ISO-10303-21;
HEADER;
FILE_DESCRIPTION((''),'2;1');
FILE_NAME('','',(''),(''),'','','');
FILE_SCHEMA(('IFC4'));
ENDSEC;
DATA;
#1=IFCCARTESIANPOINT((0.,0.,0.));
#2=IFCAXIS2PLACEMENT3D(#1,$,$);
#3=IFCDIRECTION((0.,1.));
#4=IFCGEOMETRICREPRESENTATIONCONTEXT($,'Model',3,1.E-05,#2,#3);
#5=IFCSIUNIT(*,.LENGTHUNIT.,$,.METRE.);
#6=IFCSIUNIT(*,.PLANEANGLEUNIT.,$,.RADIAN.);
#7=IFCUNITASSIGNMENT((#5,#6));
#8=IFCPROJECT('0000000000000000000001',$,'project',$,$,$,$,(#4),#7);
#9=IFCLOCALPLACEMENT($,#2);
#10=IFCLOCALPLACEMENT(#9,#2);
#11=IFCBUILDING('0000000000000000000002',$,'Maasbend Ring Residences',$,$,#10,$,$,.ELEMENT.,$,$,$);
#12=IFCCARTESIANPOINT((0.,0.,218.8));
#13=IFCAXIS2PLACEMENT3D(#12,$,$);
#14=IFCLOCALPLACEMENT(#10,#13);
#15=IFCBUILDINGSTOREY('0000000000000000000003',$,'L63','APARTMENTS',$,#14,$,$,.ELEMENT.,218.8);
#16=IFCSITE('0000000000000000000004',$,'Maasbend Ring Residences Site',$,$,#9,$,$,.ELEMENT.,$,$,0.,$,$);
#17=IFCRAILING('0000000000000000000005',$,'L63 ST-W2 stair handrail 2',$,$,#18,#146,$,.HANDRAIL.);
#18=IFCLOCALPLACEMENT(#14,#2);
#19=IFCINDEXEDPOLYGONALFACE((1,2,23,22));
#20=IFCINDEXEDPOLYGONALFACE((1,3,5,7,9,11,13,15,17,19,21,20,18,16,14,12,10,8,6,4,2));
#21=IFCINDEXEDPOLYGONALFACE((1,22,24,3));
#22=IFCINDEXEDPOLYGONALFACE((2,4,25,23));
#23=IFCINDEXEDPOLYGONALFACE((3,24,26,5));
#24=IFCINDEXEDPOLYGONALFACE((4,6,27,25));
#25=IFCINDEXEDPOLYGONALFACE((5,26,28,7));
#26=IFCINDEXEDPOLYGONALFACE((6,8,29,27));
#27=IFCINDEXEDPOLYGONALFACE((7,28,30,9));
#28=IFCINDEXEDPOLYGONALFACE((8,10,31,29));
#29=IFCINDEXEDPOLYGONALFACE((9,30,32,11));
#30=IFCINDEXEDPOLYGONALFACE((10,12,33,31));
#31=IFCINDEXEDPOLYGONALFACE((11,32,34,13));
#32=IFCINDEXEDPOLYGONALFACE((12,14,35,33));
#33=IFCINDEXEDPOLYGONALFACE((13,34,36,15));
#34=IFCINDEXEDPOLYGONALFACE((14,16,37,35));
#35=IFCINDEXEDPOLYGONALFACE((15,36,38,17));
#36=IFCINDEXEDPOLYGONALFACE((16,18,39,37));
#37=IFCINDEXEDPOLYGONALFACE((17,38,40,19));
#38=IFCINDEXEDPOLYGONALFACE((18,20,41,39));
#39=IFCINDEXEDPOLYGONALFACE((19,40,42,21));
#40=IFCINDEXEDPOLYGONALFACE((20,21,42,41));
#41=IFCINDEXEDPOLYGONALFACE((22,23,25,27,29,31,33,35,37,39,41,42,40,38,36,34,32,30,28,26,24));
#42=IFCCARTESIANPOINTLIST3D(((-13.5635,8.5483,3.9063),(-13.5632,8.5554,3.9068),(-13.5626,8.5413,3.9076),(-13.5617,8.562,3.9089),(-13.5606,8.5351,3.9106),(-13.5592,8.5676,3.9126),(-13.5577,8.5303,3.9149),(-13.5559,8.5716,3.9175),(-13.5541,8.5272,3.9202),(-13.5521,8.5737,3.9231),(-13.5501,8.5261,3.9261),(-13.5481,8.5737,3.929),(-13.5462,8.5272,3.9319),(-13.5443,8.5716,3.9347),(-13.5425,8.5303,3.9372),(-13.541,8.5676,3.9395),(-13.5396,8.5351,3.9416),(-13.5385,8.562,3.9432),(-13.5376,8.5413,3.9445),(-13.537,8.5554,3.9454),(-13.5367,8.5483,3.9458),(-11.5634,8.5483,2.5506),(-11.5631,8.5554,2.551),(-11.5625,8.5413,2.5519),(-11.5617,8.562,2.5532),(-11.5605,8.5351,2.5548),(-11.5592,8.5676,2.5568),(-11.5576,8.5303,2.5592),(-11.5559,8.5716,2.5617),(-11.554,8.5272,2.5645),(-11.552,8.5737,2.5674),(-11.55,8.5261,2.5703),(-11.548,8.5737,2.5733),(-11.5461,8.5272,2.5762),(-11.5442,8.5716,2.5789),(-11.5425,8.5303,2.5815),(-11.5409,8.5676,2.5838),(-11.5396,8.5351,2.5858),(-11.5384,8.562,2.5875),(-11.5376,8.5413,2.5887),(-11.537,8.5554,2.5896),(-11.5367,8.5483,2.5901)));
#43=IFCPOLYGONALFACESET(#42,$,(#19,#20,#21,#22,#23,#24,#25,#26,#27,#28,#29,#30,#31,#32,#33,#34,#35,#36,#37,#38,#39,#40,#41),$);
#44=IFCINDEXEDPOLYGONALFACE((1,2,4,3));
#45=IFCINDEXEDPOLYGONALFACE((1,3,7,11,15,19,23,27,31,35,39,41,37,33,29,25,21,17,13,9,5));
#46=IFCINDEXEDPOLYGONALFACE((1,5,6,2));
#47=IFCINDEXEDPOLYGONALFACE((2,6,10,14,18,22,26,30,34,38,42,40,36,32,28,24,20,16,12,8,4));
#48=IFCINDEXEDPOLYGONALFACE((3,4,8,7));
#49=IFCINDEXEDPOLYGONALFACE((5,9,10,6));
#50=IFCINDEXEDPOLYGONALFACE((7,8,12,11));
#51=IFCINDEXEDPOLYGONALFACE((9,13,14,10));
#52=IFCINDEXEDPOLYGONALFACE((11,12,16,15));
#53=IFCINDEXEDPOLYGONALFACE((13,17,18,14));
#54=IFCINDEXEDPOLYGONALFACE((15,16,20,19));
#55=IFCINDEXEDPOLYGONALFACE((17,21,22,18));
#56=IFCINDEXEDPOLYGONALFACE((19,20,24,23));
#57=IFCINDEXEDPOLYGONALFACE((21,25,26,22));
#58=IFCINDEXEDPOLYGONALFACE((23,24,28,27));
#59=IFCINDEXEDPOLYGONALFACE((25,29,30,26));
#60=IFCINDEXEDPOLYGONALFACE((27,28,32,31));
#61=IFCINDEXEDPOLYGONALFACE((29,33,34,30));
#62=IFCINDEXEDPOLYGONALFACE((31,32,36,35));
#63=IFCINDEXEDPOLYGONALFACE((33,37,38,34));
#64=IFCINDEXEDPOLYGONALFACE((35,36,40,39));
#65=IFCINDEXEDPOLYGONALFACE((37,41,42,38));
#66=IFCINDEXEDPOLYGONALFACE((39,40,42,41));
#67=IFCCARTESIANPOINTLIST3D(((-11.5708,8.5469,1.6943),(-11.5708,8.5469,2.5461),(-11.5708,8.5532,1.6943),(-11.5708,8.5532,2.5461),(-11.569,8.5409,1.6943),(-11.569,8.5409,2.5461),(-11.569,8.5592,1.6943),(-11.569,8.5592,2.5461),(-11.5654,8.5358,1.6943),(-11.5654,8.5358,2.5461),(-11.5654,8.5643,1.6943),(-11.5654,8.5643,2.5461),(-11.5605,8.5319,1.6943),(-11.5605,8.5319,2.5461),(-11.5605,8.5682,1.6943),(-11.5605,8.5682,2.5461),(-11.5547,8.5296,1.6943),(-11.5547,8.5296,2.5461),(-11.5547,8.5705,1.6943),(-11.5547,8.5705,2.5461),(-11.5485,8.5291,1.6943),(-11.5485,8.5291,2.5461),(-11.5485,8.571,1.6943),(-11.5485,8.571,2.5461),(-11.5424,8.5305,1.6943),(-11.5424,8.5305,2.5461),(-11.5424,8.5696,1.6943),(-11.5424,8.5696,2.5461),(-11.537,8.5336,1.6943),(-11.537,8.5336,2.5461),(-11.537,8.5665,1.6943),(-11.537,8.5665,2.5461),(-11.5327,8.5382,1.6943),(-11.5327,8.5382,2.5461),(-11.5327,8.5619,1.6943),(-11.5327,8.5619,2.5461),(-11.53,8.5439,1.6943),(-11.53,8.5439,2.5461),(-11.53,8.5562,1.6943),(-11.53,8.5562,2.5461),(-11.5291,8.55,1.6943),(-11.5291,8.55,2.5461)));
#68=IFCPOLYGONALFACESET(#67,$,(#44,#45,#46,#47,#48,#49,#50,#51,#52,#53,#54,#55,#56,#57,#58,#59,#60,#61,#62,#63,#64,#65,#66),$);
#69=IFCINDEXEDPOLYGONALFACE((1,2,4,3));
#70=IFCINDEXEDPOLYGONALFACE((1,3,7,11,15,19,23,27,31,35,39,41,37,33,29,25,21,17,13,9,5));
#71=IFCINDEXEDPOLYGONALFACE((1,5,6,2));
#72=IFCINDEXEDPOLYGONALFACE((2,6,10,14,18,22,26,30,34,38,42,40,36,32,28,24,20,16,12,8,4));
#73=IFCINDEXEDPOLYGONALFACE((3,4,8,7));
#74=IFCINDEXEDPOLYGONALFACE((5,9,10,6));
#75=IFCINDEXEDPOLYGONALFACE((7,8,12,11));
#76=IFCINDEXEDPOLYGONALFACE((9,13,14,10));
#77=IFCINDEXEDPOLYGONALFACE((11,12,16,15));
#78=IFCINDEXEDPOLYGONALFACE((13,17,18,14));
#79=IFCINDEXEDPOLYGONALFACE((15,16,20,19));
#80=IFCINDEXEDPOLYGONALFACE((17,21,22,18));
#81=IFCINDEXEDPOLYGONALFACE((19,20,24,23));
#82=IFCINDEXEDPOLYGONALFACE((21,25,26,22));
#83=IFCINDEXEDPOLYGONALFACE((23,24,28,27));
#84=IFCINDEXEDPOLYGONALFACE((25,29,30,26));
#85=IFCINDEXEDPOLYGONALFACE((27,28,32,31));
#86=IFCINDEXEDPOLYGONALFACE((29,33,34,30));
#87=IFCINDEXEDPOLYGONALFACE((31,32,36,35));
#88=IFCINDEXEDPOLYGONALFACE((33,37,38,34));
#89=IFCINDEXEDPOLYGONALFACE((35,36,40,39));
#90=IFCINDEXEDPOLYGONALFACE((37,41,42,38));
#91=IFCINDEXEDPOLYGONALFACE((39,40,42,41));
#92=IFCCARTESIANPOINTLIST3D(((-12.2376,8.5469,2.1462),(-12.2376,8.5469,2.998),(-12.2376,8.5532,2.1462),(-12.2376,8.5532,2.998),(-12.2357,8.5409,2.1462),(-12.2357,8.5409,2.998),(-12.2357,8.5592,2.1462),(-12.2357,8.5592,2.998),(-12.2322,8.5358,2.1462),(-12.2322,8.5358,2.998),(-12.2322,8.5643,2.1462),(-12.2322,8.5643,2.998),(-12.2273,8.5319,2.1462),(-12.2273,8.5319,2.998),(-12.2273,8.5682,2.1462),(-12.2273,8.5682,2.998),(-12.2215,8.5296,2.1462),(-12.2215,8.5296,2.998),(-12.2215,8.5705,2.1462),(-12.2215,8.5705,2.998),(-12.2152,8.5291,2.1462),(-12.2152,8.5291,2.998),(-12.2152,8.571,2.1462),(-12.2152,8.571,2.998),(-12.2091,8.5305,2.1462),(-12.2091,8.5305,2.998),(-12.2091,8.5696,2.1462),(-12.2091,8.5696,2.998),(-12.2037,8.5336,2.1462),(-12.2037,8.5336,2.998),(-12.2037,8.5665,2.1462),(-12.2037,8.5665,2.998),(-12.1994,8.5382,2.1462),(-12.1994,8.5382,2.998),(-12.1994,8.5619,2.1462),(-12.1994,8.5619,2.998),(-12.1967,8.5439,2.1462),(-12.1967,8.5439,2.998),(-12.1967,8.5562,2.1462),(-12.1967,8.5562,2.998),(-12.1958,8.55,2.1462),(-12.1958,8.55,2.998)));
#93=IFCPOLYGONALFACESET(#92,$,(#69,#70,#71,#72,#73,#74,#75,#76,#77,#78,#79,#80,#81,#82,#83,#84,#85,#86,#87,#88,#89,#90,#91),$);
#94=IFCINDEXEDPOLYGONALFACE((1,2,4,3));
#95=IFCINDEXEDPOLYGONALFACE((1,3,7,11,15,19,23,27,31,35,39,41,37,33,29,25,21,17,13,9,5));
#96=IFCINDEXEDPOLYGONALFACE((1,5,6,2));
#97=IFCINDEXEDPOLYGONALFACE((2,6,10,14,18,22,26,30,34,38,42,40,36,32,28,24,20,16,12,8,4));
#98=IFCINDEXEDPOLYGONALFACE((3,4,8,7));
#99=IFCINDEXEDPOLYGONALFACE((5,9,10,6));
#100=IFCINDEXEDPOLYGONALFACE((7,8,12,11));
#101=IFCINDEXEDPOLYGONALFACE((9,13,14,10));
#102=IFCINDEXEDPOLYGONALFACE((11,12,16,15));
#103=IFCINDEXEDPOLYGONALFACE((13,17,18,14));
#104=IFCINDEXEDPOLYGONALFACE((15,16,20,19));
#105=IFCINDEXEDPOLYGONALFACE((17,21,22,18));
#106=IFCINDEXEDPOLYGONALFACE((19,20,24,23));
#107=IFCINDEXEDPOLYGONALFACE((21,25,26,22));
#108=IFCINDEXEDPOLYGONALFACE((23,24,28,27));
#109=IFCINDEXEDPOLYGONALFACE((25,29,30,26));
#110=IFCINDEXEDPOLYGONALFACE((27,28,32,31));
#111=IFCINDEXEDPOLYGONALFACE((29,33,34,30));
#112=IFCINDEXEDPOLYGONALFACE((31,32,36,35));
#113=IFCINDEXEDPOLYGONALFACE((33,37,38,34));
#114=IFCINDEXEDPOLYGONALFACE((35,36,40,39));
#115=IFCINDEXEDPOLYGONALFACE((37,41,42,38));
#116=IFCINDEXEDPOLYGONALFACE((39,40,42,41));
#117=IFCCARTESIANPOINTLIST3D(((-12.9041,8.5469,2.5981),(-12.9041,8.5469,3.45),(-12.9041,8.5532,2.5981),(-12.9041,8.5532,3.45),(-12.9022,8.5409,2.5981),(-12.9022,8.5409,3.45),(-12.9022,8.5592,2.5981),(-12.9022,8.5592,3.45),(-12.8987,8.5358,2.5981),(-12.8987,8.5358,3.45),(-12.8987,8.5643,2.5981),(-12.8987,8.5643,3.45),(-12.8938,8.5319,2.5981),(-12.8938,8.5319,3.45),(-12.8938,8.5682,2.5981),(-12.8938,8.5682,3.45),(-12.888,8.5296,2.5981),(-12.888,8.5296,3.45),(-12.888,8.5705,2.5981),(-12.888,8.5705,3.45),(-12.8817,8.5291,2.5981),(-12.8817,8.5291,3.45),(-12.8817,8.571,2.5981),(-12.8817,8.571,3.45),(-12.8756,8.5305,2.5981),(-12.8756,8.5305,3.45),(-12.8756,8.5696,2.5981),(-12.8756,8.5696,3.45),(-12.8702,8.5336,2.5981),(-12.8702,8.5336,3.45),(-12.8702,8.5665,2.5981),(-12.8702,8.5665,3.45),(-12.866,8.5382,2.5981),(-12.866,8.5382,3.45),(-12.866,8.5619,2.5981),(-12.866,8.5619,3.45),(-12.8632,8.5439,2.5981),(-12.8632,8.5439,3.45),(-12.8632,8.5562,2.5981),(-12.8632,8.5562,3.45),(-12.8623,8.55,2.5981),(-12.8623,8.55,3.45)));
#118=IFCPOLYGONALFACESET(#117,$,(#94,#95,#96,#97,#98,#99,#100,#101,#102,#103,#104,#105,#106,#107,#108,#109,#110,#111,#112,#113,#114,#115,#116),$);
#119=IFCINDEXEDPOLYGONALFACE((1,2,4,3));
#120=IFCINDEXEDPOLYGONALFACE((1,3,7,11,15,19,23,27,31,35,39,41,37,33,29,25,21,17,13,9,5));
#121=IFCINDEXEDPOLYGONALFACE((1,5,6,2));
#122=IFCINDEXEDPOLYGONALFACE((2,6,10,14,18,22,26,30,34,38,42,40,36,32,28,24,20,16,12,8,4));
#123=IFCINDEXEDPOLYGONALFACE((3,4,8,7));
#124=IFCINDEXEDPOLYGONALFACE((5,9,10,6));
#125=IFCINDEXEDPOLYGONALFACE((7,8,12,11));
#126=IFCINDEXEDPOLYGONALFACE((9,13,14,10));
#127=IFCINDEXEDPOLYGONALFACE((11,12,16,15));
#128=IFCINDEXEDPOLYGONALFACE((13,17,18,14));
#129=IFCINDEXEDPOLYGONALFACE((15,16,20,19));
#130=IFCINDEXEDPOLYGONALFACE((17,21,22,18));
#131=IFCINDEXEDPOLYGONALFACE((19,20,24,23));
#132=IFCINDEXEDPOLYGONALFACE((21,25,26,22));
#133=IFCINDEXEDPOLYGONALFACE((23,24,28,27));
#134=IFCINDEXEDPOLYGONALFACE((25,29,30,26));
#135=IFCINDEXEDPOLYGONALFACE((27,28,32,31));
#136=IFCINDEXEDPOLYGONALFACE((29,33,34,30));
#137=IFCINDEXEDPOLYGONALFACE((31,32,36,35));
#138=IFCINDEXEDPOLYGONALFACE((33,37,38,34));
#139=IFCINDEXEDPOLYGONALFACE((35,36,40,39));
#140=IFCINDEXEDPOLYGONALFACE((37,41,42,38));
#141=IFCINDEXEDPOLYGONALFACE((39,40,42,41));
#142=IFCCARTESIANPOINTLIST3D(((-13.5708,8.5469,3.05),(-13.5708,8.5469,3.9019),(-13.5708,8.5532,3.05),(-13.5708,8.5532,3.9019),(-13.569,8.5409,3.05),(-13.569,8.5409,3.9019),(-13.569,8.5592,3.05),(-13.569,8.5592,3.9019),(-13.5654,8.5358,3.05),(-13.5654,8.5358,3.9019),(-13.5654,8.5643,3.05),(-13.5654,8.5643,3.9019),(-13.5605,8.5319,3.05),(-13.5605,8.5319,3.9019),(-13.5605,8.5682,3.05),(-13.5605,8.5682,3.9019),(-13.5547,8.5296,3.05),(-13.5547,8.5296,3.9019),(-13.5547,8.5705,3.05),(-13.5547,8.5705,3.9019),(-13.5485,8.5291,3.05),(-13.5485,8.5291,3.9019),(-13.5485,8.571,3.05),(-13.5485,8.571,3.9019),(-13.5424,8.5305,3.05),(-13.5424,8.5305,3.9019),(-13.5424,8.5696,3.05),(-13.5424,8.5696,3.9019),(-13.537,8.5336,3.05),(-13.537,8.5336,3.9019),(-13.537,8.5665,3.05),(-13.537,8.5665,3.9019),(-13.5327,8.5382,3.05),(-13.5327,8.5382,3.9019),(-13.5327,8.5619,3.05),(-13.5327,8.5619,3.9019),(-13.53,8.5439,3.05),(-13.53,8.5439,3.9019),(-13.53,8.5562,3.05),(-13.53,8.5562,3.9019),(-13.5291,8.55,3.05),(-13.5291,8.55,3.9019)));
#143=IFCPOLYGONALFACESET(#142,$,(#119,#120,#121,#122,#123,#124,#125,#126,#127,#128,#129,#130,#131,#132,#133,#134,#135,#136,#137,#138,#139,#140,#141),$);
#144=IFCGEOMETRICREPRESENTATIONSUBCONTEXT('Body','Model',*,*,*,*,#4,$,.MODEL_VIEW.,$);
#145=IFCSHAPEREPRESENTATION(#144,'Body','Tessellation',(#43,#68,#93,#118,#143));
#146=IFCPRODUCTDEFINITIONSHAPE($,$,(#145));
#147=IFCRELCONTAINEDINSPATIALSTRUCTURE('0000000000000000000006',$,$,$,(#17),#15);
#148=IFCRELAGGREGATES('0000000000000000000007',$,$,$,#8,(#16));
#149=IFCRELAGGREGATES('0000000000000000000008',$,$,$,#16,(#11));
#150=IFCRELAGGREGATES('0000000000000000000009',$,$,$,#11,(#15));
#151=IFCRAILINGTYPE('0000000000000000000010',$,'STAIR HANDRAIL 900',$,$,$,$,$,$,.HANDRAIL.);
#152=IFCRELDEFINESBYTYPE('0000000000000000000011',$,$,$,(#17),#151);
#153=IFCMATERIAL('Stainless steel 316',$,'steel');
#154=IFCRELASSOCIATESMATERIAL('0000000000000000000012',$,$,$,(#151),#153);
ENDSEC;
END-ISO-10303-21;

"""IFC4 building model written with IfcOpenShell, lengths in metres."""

from ifc_helpers import new_model, si_unit, direction, frame, origin, origin_2d, place, context, subcontext, project, spatial, circle, extrude, material, type_object, element, save


model = new_model("IFC4")

# Units and contexts
model_context = context("Model", 3, precision=1e-05, world=origin(), true_north=direction((0.0, 1.0)))
body_context = subcontext(model_context, "Body", "Model", "MODEL_VIEW")
ifc_project = project(units=[si_unit("LENGTHUNIT", "METRE"), si_unit("PLANEANGLEUNIT", "RADIAN")], contexts=[model_context])

# Site, building, storey
site_placement = place(None, origin())
site = spatial("IfcSite", under=ifc_project, at=site_placement, Name="Maasbend Ring Residences Site", CompositionType="ELEMENT", RefElevation=0.0)
building_placement = place(site_placement, origin())
building = spatial("IfcBuilding", under=site, at=building_placement, Name="Maasbend Ring Residences", CompositionType="ELEMENT")
storey_placement = place(building_placement, frame((0.0, 0.0, 218.8)))
storey = spatial("IfcBuildingStorey", under=building, at=storey_placement, Name="L63", Description="APARTMENTS", CompositionType="ELEMENT", Elevation=218.8)

# Railing
ifc_material_1 = material(Name="Stainless steel 316", Category="steel")
railing_type_1 = type_object("IfcRailingType", Name="STAIR HANDRAIL 900", PredefinedType="HANDRAIL", material=ifc_material_1)
railing_1_placement = place(storey_placement, frame((-11.55, 8.55, 1.6943)))
element("IfcRailing", 1, at=railing_1_placement, inside=storey, type_object=railing_type_1, Name="L63 ST-W2 stair handrail 2", PredefinedType="HANDRAIL", context=body_context, shape_type="SweptSolid", body=[
    extrude(circle(Radius=0.0239, at=origin_2d()), frame((0.0, 0.0, 0.876), z_axis=(-0.827751, 0.0, 0.561096), x_axis=(0.0, -1.0, 0.0)), (0.0, 0.0, 1.0), 2.4163),
    extrude(circle(Radius=0.021, at=origin_2d()), origin(), (0.0, 0.0, 1.0), 0.8518),
    extrude(circle(Radius=0.021, at=origin_2d()), frame((-0.6667, 0.0, 0.4519)), (0.0, 0.0, 1.0), 0.8518),
    extrude(circle(Radius=0.021, at=origin_2d()), frame((-1.3333, 0.0, 0.9038)), (0.0, 0.0, 1.0), 0.8518),
    extrude(circle(Radius=0.021, at=origin_2d()), frame((-2.0, 0.0, 1.3557)), (0.0, 0.0, 1.0), 0.8518),
])

save(model, "model.ifc")
